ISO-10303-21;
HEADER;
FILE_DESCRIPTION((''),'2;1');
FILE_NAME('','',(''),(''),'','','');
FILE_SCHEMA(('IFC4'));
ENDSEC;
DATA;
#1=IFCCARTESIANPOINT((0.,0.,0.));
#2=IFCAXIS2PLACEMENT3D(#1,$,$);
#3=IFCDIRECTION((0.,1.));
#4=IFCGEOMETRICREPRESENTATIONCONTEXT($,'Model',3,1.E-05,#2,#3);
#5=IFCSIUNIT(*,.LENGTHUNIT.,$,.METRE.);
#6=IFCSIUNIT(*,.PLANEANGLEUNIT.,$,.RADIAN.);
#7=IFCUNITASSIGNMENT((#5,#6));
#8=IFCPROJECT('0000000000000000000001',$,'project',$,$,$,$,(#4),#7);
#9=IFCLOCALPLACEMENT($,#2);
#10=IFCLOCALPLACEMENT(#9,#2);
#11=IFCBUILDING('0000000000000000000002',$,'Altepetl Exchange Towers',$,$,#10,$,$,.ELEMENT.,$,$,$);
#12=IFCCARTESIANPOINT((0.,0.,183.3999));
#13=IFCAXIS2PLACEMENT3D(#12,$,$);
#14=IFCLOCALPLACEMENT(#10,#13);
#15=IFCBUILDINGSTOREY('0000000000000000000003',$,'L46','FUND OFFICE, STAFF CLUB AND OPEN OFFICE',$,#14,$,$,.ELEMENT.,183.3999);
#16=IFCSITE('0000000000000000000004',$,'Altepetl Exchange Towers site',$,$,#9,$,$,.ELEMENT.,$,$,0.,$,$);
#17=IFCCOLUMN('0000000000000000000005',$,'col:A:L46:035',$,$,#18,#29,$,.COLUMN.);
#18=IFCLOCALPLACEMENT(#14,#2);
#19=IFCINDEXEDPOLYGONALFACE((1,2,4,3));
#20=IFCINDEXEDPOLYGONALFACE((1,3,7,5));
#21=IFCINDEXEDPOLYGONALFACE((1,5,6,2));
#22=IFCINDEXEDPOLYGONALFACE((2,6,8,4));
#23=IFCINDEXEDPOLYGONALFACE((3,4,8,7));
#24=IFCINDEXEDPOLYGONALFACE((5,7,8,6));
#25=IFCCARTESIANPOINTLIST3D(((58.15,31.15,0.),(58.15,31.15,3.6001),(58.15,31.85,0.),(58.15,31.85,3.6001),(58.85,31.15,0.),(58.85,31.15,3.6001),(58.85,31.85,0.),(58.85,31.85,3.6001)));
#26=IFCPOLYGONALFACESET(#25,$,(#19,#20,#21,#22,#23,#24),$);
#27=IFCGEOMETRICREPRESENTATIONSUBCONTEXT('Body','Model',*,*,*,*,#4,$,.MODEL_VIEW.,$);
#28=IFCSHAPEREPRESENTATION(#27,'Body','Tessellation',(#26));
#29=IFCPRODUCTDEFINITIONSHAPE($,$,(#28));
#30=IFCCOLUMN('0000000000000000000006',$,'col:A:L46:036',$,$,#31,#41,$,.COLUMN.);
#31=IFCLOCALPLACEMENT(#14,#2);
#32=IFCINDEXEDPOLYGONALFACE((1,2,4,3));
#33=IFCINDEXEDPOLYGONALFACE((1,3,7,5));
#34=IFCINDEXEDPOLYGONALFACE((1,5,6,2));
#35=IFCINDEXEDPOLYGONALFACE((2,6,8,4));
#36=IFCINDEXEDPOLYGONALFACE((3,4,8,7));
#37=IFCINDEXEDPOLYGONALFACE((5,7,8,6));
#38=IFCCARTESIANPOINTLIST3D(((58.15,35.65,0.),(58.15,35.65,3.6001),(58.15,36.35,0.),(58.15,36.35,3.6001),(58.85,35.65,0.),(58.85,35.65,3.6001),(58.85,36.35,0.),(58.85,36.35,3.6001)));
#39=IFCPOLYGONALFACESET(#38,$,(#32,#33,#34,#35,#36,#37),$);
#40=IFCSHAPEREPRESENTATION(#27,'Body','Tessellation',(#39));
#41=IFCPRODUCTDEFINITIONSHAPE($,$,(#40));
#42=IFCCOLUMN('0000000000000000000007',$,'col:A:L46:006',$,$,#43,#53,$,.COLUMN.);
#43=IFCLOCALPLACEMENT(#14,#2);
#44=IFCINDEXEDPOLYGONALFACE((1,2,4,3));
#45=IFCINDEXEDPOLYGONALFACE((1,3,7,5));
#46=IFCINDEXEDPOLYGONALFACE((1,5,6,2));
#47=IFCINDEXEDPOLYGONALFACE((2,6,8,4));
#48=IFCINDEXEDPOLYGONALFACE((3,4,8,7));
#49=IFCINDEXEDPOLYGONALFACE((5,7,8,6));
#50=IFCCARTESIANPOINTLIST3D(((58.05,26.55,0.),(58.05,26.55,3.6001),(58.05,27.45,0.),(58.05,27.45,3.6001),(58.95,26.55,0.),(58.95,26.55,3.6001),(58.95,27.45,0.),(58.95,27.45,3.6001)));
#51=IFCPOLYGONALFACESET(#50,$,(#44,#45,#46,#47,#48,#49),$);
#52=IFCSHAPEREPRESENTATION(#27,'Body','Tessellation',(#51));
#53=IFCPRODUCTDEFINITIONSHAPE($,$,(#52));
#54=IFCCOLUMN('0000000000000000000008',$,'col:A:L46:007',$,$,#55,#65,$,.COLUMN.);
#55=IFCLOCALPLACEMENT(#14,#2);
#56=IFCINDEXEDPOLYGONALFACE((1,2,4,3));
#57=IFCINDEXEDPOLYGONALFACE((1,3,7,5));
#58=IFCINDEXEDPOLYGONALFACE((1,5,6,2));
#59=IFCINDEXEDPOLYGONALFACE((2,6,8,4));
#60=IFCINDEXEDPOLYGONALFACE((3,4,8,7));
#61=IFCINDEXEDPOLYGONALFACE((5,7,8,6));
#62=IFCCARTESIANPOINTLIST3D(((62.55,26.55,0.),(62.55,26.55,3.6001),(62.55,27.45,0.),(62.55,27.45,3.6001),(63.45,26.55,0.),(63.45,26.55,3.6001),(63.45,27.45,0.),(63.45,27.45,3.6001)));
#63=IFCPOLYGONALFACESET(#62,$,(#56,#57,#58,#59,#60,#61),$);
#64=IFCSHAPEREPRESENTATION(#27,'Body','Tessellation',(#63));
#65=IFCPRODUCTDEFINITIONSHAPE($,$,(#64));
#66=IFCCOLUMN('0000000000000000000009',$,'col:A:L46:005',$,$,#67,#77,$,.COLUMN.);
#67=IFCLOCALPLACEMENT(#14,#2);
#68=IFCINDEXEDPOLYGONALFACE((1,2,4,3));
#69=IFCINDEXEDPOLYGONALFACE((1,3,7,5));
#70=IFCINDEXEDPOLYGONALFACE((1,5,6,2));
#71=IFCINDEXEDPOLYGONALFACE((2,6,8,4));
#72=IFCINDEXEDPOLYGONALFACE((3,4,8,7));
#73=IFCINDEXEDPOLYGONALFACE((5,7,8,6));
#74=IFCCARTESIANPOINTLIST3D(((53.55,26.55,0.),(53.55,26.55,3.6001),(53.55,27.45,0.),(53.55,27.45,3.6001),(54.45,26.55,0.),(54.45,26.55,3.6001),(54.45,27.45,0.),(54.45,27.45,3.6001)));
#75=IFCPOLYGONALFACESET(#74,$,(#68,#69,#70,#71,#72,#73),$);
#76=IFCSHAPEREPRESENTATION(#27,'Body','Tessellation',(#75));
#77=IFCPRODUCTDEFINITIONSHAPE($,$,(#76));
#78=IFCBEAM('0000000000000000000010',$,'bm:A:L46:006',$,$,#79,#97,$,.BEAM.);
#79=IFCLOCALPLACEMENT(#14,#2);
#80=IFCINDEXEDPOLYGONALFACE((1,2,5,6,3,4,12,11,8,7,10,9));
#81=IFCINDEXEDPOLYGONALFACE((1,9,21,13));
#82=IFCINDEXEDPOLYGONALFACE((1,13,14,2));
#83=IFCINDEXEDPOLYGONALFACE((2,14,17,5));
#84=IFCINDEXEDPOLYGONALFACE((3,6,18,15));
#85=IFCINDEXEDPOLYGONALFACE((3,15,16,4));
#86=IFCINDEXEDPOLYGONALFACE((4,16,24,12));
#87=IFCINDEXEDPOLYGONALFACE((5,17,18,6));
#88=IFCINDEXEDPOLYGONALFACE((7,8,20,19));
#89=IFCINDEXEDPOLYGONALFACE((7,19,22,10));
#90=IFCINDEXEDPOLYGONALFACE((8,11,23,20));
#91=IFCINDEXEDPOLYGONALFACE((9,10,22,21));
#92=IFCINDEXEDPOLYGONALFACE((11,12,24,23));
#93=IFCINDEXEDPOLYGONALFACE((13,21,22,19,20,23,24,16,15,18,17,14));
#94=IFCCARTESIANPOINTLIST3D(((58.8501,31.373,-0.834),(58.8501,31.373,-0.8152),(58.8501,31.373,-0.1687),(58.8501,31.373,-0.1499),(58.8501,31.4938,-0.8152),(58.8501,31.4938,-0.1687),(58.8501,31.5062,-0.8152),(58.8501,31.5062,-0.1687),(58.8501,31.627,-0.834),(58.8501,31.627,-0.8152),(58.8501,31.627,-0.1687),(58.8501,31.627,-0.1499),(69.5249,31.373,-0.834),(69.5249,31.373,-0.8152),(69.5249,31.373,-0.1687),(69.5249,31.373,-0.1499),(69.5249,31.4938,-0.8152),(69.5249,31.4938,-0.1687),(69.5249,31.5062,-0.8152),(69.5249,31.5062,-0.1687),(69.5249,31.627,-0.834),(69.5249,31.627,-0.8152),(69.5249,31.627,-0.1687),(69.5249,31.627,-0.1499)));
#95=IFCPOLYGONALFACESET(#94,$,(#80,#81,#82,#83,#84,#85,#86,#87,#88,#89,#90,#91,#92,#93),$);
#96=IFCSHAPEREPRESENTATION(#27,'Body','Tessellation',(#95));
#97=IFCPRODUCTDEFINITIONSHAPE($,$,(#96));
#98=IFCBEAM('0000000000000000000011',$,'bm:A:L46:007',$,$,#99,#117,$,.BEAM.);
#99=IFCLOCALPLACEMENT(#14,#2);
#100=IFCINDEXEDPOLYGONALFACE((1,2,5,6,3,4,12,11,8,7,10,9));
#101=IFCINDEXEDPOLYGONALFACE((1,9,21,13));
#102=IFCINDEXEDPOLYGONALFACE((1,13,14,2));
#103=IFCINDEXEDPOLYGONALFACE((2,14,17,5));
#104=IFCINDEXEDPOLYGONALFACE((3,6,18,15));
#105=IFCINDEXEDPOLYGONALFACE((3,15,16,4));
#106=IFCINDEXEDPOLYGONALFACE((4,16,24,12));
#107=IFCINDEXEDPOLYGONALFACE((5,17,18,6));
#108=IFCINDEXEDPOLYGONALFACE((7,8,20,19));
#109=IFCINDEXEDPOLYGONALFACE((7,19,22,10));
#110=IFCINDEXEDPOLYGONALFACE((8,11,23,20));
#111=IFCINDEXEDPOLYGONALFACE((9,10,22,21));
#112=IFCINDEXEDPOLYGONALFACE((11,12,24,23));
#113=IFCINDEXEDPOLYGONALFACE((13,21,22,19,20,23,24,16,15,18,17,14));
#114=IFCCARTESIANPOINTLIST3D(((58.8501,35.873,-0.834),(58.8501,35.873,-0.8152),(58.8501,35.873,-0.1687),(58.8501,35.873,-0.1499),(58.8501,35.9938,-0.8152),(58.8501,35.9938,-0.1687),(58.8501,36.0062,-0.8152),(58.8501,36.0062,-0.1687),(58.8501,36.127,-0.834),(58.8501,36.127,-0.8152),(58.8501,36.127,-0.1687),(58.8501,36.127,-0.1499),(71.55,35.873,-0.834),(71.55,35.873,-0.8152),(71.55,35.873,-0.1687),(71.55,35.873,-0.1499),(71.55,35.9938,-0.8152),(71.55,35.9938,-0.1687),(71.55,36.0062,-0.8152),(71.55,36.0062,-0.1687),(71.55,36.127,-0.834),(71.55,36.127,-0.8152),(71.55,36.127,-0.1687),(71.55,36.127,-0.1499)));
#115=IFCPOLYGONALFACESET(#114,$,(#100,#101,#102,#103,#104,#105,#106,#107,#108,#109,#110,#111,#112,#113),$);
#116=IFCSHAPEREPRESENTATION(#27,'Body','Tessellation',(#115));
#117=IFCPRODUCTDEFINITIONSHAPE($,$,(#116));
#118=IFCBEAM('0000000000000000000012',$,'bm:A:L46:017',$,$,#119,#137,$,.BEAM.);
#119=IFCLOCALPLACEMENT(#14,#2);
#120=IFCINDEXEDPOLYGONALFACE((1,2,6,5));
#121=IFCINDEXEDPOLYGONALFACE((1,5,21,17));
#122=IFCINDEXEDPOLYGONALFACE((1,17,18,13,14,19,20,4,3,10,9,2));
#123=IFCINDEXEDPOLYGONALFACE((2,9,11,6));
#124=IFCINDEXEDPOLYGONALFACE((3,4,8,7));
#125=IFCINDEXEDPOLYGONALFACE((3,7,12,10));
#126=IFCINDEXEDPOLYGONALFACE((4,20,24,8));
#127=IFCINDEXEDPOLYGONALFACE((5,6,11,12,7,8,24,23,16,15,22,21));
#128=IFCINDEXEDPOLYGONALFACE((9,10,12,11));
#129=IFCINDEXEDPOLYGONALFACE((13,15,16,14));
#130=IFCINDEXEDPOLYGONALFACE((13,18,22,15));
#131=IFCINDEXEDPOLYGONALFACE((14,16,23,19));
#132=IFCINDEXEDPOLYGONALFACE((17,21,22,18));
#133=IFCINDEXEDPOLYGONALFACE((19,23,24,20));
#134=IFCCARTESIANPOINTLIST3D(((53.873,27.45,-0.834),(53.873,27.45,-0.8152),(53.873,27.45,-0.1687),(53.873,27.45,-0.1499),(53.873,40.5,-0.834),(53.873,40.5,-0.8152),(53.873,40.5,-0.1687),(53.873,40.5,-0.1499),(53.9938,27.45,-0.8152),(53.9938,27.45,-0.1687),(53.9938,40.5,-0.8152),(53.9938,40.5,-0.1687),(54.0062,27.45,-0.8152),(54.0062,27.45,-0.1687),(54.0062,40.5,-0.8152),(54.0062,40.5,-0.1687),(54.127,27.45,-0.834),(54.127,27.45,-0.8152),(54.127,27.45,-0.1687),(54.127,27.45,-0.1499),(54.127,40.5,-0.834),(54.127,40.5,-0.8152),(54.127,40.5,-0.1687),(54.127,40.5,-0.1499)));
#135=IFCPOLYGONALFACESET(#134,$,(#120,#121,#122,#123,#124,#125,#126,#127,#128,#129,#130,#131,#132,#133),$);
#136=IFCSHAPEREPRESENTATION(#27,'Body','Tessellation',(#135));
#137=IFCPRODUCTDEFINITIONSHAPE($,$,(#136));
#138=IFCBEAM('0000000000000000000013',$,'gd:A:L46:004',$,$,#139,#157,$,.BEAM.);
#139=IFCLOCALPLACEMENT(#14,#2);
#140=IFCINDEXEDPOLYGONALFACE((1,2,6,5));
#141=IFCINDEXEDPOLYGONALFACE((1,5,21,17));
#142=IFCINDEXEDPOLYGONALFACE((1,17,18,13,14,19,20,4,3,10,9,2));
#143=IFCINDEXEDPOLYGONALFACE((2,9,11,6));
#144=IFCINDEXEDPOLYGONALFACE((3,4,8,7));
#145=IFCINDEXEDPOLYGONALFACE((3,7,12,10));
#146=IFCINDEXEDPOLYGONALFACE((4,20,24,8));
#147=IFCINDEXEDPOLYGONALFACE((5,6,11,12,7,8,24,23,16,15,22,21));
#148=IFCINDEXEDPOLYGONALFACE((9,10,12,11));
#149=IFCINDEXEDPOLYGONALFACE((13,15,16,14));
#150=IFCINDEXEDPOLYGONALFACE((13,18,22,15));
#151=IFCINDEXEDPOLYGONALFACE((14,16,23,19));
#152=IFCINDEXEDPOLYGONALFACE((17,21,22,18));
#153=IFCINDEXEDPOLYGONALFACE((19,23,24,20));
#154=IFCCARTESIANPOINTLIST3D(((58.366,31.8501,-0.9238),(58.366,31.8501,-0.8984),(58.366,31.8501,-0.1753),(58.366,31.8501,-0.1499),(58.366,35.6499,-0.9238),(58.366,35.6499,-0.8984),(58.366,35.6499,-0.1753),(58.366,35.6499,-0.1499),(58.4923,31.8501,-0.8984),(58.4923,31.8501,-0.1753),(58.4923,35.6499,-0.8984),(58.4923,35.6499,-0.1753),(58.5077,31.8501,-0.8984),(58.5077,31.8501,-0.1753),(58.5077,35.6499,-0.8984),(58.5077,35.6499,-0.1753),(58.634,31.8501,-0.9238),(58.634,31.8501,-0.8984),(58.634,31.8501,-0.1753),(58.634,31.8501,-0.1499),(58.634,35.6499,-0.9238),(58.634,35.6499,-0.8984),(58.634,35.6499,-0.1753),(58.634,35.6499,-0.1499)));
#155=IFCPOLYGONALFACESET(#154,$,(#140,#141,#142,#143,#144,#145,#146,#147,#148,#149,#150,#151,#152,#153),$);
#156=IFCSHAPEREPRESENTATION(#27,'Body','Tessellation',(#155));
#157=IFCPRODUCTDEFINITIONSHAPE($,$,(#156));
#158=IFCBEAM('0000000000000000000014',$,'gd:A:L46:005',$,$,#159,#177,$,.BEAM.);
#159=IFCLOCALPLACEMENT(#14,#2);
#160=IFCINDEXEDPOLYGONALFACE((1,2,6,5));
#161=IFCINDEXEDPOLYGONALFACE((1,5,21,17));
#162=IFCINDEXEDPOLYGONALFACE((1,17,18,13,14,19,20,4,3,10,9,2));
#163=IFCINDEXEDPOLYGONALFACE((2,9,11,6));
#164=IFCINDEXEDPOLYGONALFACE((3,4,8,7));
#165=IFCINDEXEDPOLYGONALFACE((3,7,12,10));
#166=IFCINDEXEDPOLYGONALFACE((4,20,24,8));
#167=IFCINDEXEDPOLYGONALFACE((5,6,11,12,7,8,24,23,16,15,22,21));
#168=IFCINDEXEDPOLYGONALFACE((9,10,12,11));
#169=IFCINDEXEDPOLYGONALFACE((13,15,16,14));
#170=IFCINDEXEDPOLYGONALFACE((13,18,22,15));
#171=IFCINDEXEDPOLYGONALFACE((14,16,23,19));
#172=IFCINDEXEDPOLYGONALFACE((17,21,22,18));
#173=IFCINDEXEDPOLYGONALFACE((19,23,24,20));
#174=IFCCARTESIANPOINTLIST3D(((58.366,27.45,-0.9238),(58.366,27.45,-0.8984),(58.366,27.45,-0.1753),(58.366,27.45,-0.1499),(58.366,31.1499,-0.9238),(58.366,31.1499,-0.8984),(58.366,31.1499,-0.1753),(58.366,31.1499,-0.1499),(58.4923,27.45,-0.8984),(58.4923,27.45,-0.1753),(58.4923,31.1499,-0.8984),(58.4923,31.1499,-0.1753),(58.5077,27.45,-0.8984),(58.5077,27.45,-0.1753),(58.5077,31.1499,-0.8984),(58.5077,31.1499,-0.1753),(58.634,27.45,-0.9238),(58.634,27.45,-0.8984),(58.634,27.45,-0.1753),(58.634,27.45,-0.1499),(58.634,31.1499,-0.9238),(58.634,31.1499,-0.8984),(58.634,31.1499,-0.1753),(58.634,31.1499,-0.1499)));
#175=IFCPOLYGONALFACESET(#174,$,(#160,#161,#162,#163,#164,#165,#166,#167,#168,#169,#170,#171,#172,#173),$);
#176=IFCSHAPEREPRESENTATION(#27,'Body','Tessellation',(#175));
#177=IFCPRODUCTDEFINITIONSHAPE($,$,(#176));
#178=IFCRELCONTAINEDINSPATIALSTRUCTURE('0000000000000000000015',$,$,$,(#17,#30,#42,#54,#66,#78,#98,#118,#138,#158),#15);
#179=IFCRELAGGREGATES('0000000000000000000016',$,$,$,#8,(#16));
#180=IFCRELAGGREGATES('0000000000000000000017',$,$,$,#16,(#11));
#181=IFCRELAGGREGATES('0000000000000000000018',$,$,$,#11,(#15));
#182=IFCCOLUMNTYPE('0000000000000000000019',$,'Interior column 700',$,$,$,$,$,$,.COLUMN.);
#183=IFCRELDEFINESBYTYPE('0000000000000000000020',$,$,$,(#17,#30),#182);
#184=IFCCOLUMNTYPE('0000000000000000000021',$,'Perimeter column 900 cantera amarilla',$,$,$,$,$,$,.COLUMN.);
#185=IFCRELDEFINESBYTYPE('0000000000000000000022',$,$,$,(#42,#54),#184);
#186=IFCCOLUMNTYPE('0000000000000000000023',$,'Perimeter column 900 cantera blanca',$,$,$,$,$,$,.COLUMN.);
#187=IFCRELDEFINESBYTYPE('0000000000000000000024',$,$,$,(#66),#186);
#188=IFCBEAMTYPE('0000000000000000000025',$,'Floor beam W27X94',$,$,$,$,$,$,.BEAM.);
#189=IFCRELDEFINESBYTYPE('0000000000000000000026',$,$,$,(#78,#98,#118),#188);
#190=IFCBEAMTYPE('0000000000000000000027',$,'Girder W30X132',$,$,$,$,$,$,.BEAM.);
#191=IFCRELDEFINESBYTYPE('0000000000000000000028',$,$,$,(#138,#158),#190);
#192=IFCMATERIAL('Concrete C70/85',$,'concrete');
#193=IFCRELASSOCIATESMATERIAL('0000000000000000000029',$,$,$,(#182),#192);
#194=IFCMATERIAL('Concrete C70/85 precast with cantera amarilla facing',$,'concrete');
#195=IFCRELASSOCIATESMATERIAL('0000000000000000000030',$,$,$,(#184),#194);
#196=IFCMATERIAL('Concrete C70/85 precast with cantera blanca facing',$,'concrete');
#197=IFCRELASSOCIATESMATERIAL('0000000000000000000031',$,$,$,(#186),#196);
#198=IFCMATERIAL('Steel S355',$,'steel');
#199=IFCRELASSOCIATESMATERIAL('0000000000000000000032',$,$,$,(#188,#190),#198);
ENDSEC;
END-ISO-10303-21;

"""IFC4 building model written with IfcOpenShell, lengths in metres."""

from ifc_helpers import new_model, si_unit, direction, frame, origin, origin_2d, place, context, subcontext, project, spatial, rectangle, i_section, extrude, material, material_profile, profile_set, type_object, element, save


model = new_model("IFC4")

# Units and contexts
model_context = context("Model", 3, precision=1e-05, world=origin(), true_north=direction((0.0, 1.0)))
body_context = subcontext(model_context, "Body", "Model", "MODEL_VIEW")
ifc_project = project(units=[si_unit("LENGTHUNIT", "METRE"), si_unit("PLANEANGLEUNIT", "RADIAN")], contexts=[model_context])

# Site, building, storey
site_placement = place(None, origin())
site = spatial("IfcSite", under=ifc_project, at=site_placement, Name="Altepetl Exchange Towers site", CompositionType="ELEMENT", RefElevation=0.0)
building_placement = place(site_placement, origin())
building = spatial("IfcBuilding", under=site, at=building_placement, Name="Altepetl Exchange Towers", CompositionType="ELEMENT")
storey_placement = place(building_placement, frame((0.0, 0.0, 183.3999)))
storey = spatial("IfcBuildingStorey", under=building, at=storey_placement, Name="L46", Description="FUND OFFICE, STAFF CLUB AND OPEN OFFICE", CompositionType="ELEMENT", Elevation=183.3999)

# Columns
ifc_material_1 = material(Name="Concrete C70/85", Category="concrete")
ifc_material_profile_1 = material_profile(ifc_material_1, rectangle(XDim=0.7, YDim=0.7, at=origin_2d()), Name="700 x 700")
ifc_profile_set_1 = profile_set([ifc_material_profile_1], Name="Concrete C70/85")
column_type_1 = type_object("IfcColumnType", Name="Interior column 700", PredefinedType="COLUMN", material=ifc_profile_set_1)
for number, where, name in (
    (1, (58.5, 31.5, 0.0), "col:A:L46:035"),
    (2, (58.5, 36.0, 0.0), "col:A:L46:036"),
):
    element("IfcColumn", number, at=place(storey_placement, frame(where)), inside=storey, type_object=column_type_1, Name=name, PredefinedType="COLUMN", context=body_context, shape_type="SweptSolid", body=[
        extrude(rectangle(XDim=0.7, YDim=0.7, at=origin_2d()), origin(), (0.0, 0.0, 1.0), 3.6001),
    ])
ifc_material_2 = material(Name="Concrete C70/85 precast with cantera amarilla facing", Category="concrete")
ifc_material_profile_2 = material_profile(ifc_material_2, rectangle(XDim=0.8999, YDim=0.8999, at=origin_2d()), Name="900 x 900")
ifc_profile_set_2 = profile_set([ifc_material_profile_2], Name="Concrete C70/85 precast with cantera amarilla facing")
column_type_2 = type_object("IfcColumnType", Name="Perimeter column 900 cantera amarilla", PredefinedType="COLUMN", material=ifc_profile_set_2)
for number, where, name in (
    (3, (58.5, 27.0, 0.0), "col:A:L46:006"),
    (4, (63.0, 27.0, 0.0), "col:A:L46:007"),
):
    element("IfcColumn", number, at=place(storey_placement, frame(where)), inside=storey, type_object=column_type_2, Name=name, PredefinedType="COLUMN", context=body_context, shape_type="SweptSolid", body=[
        extrude(rectangle(XDim=0.8999, YDim=0.8999, at=origin_2d()), origin(), (0.0, 0.0, 1.0), 3.6001),
    ])
ifc_material_3 = material(Name="Concrete C70/85 precast with cantera blanca facing", Category="concrete")
ifc_material_profile_3 = material_profile(ifc_material_3, rectangle(XDim=0.8999, YDim=0.8999, at=origin_2d()), Name="900 x 900")
ifc_profile_set_3 = profile_set([ifc_material_profile_3], Name="Concrete C70/85 precast with cantera blanca facing")
column_type_3 = type_object("IfcColumnType", Name="Perimeter column 900 cantera blanca", PredefinedType="COLUMN", material=ifc_profile_set_3)
column_placement = place(storey_placement, frame((54.0, 27.0, 0.0)))
element("IfcColumn", 5, at=column_placement, inside=storey, type_object=column_type_3, Name="col:A:L46:005", PredefinedType="COLUMN", context=body_context, shape_type="SweptSolid", body=[
    extrude(rectangle(XDim=0.8999, YDim=0.8999, at=origin_2d()), origin(), (0.0, 0.0, 1.0), 3.6001),
])

# Beams
ifc_material_4 = material(Name="Steel S355", Category="steel")
ifc_material_profile_4 = material_profile(ifc_material_4, i_section(OverallWidth=0.2539, OverallDepth=0.6841, WebThickness=0.0125, FlangeThickness=0.0188, at=origin_2d()), Name="W27X94")
ifc_profile_set_4 = profile_set([ifc_material_profile_4], Name="Steel S355")
beam_type_1 = type_object("IfcBeamType", Name="Floor beam W27X94", PredefinedType="BEAM", material=ifc_profile_set_4)
beam_1_placement = place(storey_placement, frame((58.8501, 31.5, -0.4919), z_axis=(1.0, 0.0, 0.0), x_axis=(0.0, 1.0, 0.0)))
element("IfcBeam", 6, at=beam_1_placement, inside=storey, type_object=beam_type_1, Name="bm:A:L46:006", PredefinedType="BEAM", context=body_context, shape_type="SweptSolid", body=[
    extrude(i_section(OverallWidth=0.2539, OverallDepth=0.6841, WebThickness=0.0125, FlangeThickness=0.0188, at=origin_2d()), origin(), (0.0, 0.0, 1.0), 10.6748),
])
beam_2_placement = place(storey_placement, frame((58.8501, 36.0, -0.4919), z_axis=(1.0, 0.0, 0.0), x_axis=(0.0, 1.0, 0.0)))
element("IfcBeam", 7, at=beam_2_placement, inside=storey, type_object=beam_type_1, Name="bm:A:L46:007", PredefinedType="BEAM", context=body_context, shape_type="SweptSolid", body=[
    extrude(i_section(OverallWidth=0.2539, OverallDepth=0.6841, WebThickness=0.0125, FlangeThickness=0.0188, at=origin_2d()), origin(), (0.0, 0.0, 1.0), 12.7),
])
beam_3_placement = place(storey_placement, frame((54.0, 27.45, -0.4919), z_axis=(0.0, 1.0, 0.0), x_axis=(-1.0, 0.0, 0.0)))
element("IfcBeam", 8, at=beam_3_placement, inside=storey, type_object=beam_type_1, Name="bm:A:L46:017", PredefinedType="BEAM", context=body_context, shape_type="SweptSolid", body=[
    extrude(i_section(OverallWidth=0.2539, OverallDepth=0.6841, WebThickness=0.0125, FlangeThickness=0.0188, at=origin_2d()), origin(), (0.0, 0.0, 1.0), 13.05),
])
ifc_material_profile_5 = material_profile(ifc_material_4, i_section(OverallWidth=0.2681, OverallDepth=0.7739, WebThickness=0.0154, FlangeThickness=0.0254, at=origin_2d()), Name="W30X132")
ifc_profile_set_5 = profile_set([ifc_material_profile_5], Name="Steel S355")
beam_type_2 = type_object("IfcBeamType", Name="Girder W30X132", PredefinedType="BEAM", material=ifc_profile_set_5)
beam_4_placement = place(storey_placement, frame((58.5, 35.6499, -0.5369), z_axis=(0.0, -1.0, 0.0), x_axis=(1.0, 0.0, 0.0)))
element("IfcBeam", 9, at=beam_4_placement, inside=storey, type_object=beam_type_2, Name="gd:A:L46:004", PredefinedType="BEAM", context=body_context, shape_type="SweptSolid", body=[
    extrude(i_section(OverallWidth=0.2681, OverallDepth=0.7739, WebThickness=0.0154, FlangeThickness=0.0254, at=origin_2d()), origin(), (0.0, 0.0, 1.0), 3.7998),
])
beam_5_placement = place(storey_placement, frame((58.5, 31.1499, -0.5369), z_axis=(0.0, -1.0, 0.0), x_axis=(1.0, 0.0, 0.0)))
element("IfcBeam", 10, at=beam_5_placement, inside=storey, type_object=beam_type_2, Name="gd:A:L46:005", PredefinedType="BEAM", context=body_context, shape_type="SweptSolid", body=[
    extrude(i_section(OverallWidth=0.2681, OverallDepth=0.7739, WebThickness=0.0154, FlangeThickness=0.0254, at=origin_2d()), origin(), (0.0, 0.0, 1.0), 3.7),
])

save(model, "model.ifc")
